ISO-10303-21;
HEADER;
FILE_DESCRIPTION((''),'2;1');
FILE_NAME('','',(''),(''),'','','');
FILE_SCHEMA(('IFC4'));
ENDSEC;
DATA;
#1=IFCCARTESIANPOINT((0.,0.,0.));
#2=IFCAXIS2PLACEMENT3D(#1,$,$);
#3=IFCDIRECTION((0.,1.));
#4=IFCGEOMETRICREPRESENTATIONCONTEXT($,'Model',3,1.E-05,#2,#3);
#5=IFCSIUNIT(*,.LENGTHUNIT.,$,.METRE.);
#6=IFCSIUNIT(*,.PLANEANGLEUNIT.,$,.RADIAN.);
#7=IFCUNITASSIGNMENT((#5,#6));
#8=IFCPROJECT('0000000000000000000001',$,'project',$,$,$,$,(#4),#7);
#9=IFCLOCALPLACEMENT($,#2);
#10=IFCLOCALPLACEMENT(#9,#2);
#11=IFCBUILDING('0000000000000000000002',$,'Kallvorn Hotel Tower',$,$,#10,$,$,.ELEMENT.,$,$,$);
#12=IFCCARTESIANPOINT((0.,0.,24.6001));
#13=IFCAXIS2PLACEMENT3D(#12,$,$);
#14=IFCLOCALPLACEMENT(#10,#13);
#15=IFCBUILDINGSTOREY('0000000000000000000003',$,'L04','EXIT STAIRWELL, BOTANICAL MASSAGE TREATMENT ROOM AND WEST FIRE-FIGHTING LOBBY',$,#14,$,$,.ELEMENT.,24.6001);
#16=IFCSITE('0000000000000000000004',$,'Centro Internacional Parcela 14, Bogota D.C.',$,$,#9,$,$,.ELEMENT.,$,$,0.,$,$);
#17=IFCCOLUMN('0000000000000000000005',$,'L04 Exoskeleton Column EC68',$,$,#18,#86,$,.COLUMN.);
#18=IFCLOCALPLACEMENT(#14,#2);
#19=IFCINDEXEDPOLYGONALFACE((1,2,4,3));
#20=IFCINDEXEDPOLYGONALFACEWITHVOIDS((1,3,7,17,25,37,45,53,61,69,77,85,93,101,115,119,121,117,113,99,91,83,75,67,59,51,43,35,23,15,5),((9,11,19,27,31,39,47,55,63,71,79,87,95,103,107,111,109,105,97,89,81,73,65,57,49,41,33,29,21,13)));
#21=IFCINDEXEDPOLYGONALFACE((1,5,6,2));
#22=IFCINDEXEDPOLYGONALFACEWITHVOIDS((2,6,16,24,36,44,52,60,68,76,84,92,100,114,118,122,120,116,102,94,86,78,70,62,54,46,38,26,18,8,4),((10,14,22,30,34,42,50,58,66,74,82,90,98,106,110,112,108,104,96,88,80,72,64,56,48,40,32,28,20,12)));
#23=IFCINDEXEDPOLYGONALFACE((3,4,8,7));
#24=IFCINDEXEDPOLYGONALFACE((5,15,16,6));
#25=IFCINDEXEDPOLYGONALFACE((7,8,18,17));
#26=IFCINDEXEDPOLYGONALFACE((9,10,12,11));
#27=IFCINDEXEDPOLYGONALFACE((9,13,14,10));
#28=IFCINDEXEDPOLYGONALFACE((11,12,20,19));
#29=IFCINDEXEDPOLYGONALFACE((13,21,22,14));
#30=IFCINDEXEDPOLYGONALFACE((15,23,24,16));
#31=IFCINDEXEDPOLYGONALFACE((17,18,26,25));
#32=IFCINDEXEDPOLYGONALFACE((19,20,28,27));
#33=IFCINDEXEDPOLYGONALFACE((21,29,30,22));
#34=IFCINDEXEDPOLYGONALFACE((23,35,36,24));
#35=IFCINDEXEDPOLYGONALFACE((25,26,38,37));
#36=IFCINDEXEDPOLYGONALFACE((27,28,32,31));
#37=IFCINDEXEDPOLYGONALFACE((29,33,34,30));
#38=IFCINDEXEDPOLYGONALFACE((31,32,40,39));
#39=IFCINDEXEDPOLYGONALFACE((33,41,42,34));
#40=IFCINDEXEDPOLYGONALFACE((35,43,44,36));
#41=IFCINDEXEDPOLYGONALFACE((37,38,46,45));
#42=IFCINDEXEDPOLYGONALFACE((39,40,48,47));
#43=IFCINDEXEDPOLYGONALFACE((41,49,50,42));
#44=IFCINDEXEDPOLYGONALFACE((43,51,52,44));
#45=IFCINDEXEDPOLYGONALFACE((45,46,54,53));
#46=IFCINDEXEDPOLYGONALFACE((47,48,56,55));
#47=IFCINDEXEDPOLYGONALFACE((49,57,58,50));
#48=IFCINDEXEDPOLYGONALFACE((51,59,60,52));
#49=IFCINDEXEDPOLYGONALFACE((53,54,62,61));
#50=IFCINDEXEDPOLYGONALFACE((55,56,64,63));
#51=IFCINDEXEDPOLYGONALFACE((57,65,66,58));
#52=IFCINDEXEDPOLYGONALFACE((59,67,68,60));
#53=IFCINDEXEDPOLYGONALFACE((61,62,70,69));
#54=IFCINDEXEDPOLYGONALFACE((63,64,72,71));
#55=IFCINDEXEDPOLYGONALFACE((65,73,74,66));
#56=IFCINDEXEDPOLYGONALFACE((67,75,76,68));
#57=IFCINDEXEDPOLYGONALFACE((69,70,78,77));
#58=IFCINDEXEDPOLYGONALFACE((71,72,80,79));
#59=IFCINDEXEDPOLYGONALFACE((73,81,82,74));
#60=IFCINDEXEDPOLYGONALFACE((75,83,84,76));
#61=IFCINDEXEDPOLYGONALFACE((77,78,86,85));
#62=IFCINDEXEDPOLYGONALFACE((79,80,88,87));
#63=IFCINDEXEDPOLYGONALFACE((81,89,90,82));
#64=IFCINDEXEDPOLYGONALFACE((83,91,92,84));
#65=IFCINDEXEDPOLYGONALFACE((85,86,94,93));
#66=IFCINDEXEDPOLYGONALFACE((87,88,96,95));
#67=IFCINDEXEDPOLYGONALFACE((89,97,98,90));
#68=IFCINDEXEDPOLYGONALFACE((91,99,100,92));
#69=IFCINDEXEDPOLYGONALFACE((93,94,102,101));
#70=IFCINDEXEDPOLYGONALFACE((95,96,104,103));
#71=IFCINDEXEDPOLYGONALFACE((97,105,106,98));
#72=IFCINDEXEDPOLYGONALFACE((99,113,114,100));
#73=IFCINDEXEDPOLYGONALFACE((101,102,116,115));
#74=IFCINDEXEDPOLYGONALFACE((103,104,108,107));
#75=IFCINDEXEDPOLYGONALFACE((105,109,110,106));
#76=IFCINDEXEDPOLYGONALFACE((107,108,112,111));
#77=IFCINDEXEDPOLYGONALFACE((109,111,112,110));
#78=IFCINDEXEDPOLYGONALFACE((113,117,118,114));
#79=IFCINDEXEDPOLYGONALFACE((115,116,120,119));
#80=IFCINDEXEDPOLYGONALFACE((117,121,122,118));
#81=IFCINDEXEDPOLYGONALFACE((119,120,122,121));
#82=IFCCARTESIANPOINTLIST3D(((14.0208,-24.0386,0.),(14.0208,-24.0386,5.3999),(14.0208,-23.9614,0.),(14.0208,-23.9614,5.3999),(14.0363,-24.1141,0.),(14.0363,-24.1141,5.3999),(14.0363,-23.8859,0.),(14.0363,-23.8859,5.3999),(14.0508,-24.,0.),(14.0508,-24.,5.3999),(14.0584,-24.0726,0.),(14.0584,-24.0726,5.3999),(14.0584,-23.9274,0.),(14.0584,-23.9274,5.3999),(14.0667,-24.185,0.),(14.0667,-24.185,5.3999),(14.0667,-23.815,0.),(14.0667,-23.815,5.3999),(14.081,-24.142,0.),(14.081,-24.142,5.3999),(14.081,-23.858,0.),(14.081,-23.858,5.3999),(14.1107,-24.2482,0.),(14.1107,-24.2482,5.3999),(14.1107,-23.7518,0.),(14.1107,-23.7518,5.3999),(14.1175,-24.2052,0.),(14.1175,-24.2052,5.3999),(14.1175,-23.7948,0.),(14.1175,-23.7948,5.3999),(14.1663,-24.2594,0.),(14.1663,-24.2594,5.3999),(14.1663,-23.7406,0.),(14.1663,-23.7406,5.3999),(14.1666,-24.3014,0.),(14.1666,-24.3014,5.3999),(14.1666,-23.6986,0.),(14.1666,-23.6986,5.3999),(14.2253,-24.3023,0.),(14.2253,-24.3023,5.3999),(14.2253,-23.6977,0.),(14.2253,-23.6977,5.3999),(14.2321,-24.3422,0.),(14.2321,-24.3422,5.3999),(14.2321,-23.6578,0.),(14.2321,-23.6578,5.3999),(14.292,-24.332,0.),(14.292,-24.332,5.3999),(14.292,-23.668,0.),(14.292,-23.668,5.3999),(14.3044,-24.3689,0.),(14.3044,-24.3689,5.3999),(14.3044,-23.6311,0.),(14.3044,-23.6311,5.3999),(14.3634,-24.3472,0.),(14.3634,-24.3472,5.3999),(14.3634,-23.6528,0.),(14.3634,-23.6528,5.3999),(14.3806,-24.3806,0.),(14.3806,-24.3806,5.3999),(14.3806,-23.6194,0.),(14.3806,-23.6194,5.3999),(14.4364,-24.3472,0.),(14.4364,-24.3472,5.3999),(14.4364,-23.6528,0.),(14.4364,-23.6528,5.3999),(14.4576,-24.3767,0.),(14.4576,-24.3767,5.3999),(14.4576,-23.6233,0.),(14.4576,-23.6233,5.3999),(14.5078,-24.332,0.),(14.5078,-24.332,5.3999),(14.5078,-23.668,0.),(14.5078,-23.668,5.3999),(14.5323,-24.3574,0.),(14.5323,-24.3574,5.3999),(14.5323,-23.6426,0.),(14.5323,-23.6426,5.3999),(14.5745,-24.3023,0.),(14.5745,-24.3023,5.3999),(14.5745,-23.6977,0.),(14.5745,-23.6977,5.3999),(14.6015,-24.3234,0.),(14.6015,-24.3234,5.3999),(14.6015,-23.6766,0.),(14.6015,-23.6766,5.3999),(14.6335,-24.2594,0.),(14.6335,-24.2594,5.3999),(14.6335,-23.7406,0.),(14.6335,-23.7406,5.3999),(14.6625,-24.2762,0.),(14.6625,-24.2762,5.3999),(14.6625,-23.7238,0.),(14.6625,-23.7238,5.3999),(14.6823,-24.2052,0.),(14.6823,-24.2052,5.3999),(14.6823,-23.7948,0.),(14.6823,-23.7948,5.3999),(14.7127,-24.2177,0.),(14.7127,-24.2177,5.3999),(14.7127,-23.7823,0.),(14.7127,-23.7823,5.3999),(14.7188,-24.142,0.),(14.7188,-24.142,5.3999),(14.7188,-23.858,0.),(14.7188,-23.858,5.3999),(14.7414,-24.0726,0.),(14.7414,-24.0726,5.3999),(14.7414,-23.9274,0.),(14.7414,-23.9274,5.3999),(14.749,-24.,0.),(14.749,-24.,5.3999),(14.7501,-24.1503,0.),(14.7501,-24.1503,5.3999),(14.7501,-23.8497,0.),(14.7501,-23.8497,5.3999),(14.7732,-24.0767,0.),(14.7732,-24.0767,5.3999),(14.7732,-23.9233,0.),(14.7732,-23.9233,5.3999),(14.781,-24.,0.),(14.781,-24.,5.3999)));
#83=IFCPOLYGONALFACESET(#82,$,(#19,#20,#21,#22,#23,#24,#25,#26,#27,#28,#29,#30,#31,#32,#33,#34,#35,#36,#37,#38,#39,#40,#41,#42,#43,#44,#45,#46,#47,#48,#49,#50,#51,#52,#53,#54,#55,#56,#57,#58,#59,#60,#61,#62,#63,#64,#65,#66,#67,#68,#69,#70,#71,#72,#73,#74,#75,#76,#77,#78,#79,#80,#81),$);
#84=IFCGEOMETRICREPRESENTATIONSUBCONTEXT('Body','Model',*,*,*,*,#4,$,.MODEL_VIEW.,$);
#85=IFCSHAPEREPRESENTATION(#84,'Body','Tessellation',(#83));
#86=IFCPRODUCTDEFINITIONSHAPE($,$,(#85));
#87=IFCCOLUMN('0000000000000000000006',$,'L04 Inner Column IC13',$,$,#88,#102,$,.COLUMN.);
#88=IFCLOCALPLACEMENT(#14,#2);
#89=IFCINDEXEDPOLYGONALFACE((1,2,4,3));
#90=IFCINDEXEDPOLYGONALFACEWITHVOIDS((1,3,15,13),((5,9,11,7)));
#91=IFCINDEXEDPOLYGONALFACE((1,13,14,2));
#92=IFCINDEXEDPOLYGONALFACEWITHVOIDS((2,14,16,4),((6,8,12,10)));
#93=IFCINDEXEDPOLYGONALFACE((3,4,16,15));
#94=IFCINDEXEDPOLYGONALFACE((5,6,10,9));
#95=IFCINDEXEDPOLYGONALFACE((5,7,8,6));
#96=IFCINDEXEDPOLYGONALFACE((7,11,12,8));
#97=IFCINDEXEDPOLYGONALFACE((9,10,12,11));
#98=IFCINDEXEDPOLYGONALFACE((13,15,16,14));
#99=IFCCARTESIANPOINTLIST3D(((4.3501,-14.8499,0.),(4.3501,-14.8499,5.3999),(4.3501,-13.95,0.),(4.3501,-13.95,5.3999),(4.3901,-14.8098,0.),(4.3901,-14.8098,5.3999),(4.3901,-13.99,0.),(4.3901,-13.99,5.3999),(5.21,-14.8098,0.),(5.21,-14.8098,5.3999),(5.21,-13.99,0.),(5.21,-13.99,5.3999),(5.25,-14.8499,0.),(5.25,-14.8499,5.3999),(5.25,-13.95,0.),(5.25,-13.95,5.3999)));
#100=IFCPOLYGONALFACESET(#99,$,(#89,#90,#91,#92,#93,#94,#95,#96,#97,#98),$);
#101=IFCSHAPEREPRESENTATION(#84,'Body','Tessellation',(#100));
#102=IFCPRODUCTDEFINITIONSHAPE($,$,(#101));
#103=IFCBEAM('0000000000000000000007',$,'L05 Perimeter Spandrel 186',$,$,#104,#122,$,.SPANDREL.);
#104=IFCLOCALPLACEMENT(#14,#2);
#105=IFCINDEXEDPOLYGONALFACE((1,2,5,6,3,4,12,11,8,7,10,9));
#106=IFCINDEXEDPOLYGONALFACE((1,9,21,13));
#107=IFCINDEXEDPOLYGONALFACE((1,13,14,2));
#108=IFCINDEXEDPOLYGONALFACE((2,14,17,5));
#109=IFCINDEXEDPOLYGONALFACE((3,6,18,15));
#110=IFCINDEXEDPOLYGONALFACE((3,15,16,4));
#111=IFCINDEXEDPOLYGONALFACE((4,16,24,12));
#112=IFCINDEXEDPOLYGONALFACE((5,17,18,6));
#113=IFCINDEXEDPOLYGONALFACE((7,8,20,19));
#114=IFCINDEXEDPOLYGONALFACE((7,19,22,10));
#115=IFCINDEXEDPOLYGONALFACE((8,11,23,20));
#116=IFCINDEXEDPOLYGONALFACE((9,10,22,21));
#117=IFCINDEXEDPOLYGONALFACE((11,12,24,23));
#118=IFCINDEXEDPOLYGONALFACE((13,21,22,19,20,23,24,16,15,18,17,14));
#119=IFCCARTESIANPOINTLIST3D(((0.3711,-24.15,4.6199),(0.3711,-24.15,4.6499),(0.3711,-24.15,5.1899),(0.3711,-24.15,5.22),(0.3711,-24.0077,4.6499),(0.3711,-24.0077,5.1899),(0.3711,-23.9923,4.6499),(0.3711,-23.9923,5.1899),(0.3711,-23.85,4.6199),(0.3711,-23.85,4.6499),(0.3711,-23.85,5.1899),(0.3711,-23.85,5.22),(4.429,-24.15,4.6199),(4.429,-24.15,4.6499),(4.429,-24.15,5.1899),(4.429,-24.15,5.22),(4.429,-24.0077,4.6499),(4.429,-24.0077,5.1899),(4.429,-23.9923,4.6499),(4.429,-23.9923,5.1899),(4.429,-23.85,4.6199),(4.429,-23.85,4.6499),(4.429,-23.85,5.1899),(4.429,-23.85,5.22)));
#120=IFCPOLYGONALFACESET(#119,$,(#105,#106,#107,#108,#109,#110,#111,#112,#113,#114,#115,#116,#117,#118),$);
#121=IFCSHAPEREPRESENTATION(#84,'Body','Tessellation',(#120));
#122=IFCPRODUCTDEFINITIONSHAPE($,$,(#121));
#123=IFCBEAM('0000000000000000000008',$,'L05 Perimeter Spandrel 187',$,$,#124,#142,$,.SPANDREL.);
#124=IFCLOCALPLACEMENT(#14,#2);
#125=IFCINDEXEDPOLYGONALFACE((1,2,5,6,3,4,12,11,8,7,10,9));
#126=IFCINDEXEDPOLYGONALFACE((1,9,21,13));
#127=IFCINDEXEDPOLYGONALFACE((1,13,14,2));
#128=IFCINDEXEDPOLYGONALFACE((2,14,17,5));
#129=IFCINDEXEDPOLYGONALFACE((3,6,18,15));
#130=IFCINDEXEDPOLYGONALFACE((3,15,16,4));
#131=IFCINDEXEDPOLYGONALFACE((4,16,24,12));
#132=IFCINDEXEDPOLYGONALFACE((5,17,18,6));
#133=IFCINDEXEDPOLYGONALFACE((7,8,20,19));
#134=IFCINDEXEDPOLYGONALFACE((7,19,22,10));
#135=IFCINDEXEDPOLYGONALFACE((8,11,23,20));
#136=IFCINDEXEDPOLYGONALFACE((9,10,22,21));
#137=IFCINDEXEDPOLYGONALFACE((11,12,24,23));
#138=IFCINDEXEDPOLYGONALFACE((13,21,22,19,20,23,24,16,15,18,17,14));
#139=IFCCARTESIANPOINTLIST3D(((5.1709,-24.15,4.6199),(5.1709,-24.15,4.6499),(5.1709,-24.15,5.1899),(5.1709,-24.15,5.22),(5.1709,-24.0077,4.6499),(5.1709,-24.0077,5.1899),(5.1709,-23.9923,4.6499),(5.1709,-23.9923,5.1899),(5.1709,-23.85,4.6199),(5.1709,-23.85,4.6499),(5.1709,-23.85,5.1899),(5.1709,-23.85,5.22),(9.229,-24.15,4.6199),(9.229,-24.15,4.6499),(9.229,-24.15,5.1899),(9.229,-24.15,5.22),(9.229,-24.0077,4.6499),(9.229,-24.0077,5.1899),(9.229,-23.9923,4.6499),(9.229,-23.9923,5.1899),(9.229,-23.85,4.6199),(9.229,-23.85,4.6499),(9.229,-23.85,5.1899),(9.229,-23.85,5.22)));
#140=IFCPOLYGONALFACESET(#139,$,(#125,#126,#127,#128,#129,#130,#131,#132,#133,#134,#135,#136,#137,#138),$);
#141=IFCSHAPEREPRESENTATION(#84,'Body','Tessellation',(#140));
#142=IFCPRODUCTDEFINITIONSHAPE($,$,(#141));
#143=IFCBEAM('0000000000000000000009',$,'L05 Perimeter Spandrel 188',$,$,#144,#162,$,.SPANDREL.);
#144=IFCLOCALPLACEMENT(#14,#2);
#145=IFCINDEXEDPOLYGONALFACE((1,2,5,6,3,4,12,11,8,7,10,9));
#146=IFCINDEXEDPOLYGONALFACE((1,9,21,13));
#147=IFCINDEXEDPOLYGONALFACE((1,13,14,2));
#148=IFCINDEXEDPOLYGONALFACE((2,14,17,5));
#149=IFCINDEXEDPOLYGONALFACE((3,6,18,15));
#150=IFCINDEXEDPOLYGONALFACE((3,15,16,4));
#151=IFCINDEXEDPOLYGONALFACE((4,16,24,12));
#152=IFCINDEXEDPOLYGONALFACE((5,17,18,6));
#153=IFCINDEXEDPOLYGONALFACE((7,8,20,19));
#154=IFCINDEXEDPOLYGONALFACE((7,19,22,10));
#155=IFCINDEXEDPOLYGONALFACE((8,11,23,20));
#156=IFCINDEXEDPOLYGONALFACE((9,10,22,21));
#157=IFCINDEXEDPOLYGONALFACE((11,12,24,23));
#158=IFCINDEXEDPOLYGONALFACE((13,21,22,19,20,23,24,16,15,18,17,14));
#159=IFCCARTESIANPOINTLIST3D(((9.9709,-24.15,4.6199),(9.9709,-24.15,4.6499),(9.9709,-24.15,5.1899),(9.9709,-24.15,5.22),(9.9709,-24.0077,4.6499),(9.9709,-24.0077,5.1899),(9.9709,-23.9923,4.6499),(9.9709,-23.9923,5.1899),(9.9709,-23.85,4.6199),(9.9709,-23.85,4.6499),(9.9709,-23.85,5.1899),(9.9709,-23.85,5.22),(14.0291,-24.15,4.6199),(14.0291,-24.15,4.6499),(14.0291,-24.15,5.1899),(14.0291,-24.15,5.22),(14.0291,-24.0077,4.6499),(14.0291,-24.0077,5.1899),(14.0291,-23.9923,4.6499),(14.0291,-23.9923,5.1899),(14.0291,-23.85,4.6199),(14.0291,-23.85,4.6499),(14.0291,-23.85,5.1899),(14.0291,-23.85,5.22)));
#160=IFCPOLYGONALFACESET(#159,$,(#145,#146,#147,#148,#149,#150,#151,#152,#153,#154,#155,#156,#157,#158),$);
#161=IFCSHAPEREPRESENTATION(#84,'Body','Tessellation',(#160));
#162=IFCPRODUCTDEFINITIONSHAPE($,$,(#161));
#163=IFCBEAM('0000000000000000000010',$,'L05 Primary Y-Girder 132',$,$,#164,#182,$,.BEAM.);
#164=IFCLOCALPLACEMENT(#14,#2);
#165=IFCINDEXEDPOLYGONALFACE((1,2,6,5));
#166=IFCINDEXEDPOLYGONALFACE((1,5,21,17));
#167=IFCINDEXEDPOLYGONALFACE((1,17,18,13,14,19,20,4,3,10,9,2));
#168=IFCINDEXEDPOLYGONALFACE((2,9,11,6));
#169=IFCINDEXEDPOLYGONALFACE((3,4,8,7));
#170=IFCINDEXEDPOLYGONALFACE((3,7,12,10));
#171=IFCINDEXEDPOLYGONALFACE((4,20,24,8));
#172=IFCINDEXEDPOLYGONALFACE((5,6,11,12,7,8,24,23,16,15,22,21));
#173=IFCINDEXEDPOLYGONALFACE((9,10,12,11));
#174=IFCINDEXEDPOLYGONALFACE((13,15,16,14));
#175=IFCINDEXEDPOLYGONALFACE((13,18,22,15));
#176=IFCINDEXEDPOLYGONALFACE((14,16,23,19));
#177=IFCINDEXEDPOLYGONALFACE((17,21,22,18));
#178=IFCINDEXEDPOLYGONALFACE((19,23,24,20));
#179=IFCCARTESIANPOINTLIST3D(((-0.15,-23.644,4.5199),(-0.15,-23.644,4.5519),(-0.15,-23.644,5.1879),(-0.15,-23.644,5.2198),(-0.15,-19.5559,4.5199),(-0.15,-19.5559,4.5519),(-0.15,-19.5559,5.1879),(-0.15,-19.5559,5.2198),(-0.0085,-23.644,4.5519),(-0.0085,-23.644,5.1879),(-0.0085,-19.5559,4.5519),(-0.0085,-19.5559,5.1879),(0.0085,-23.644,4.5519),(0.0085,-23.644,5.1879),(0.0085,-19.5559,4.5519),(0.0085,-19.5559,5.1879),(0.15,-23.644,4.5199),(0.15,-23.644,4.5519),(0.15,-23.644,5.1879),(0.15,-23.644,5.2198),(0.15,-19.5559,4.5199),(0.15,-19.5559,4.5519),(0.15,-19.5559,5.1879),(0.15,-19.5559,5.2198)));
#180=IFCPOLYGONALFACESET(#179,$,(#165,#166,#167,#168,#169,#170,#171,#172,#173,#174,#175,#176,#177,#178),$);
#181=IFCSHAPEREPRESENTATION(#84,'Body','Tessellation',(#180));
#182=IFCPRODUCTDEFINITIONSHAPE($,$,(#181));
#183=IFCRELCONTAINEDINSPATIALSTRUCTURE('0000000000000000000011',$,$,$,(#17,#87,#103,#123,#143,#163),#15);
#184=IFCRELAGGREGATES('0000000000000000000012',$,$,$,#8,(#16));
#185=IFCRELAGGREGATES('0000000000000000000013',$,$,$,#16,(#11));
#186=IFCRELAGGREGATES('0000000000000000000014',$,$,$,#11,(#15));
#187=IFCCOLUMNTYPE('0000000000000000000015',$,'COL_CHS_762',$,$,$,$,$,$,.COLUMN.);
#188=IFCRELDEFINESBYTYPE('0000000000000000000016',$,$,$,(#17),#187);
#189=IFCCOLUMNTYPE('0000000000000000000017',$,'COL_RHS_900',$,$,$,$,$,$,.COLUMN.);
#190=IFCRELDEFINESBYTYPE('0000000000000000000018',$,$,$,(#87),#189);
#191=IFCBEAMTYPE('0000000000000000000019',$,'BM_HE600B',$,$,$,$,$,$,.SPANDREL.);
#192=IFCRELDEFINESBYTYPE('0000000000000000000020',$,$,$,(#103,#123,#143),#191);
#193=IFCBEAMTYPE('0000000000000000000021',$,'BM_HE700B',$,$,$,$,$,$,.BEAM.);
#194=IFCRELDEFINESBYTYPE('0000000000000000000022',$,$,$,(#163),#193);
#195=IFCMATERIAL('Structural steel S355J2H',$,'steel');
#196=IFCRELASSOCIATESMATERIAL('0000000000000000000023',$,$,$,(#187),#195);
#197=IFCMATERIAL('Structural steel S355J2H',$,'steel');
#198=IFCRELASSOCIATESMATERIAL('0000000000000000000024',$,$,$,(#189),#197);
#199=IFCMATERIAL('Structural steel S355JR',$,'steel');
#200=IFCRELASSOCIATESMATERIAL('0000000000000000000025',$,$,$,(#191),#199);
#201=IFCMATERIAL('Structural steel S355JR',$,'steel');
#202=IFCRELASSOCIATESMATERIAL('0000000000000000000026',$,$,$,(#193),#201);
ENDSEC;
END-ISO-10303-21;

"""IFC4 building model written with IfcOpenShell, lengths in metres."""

from ifc_helpers import new_model, si_unit, direction, frame, origin, origin_2d, place, context, subcontext, project, spatial, hollow_rectangle, hollow_circle, i_section, extrude, material, material_profile, profile_set, type_object, element, save


model = new_model("IFC4")

# Units and contexts
model_context = context("Model", 3, precision=1e-05, world=origin(), true_north=direction((0.0, 1.0)))
body_context = subcontext(model_context, "Body", "Model", "MODEL_VIEW")
ifc_project = project(units=[si_unit("LENGTHUNIT", "METRE"), si_unit("PLANEANGLEUNIT", "RADIAN")], contexts=[model_context])

# Site, building, storey
site_placement = place(None, origin())
site = spatial("IfcSite", under=ifc_project, at=site_placement, Name="Centro Internacional Parcela 14, Bogota D.C.", CompositionType="ELEMENT", RefElevation=0.0)
building_placement = place(site_placement, origin())
building = spatial("IfcBuilding", under=site, at=building_placement, Name="Kallvorn Hotel Tower", CompositionType="ELEMENT")
storey_placement = place(building_placement, frame((0.0, 0.0, 24.6001)))
storey = spatial("IfcBuildingStorey", under=building, at=storey_placement, Name="L04", Description="EXIT STAIRWELL, BOTANICAL MASSAGE TREATMENT ROOM AND WEST FIRE-FIGHTING LOBBY", CompositionType="ELEMENT", Elevation=24.6001)

# Columns
ifc_material_1 = material(Name="Structural steel S355J2H", Category="steel")
ifc_material_profile_1 = material_profile(ifc_material_1, hollow_circle(Radius=0.3811, WallThickness=0.032, at=origin_2d()), Name="CHS 762x32")
ifc_profile_set_1 = profile_set([ifc_material_profile_1], Name="Structural steel S355J2H")
column_type_1 = type_object("IfcColumnType", Name="COL_CHS_762", PredefinedType="COLUMN", material=ifc_profile_set_1)
for number, where, z_axis, x_axis, name in (
    (1, (14.3999, -24.0, 0.0), (0.0, 0.0, 1.0), (1.0, 0.0, 0.0), "L04 Exoskeleton Column EC68"),
):
    element("IfcColumn", number, at=place(storey_placement, frame(where, z_axis=z_axis, x_axis=x_axis)), inside=storey, type_object=column_type_1, Name=name, PredefinedType="COLUMN", context=body_context, shape_type="SweptSolid", body=[
        extrude(hollow_circle(Radius=0.3811, WallThickness=0.032, at=origin_2d()), origin(), (0.0, 0.0, 1.0), 5.3999),
    ])
ifc_material_2 = material(Name="Structural steel S355J2H", Category="steel")
ifc_material_profile_2 = material_profile(ifc_material_2, hollow_rectangle(XDim=0.8999, YDim=0.8999, WallThickness=0.04, at=origin_2d()), Name="RHS 900x900x40")
ifc_profile_set_2 = profile_set([ifc_material_profile_2], Name="Structural steel S355J2H")
column_type_2 = type_object("IfcColumnType", Name="COL_RHS_900", PredefinedType="COLUMN", material=ifc_profile_set_2)
column_placement = place(storey_placement, frame((4.8, -14.3999, 0.0), z_axis=(0.0, 0.0, 1.0), x_axis=(1.0, 0.0, 0.0)))
element("IfcColumn", 2, at=column_placement, inside=storey, type_object=column_type_2, Name="L04 Inner Column IC13", PredefinedType="COLUMN", context=body_context, shape_type="SweptSolid", body=[
    extrude(hollow_rectangle(XDim=0.8999, YDim=0.8999, WallThickness=0.04, at=origin_2d()), origin(), (0.0, 0.0, 1.0), 5.3999),
])

# Beams
ifc_material_3 = material(Name="Structural steel S355JR", Category="steel")
ifc_material_profile_3 = material_profile(ifc_material_3, i_section(OverallWidth=0.3, OverallDepth=0.6001, WebThickness=0.0154, FlangeThickness=0.03, at=origin_2d()), Name="HE 600 B")
ifc_profile_set_3 = profile_set([ifc_material_profile_3], Name="Structural steel S355JR")
beam_type_1 = type_object("IfcBeamType", Name="BM_HE600B", PredefinedType="SPANDREL", material=ifc_profile_set_3)
beam_1_placement = place(storey_placement, frame((0.3711, -24.0, 4.9199), z_axis=(1.0, 0.0, 0.0), x_axis=(0.0, 1.0, 0.0)))
element("IfcBeam", 3, at=beam_1_placement, inside=storey, type_object=beam_type_1, Name="L05 Perimeter Spandrel 186", PredefinedType="SPANDREL", context=body_context, shape_type="SweptSolid", body=[
    extrude(i_section(OverallWidth=0.3, OverallDepth=0.6001, WebThickness=0.0154, FlangeThickness=0.03, at=origin_2d()), origin(), (0.0, 0.0, 1.0), 4.0579),
])
for number, where, z_axis, x_axis, name in (
    (4, (5.1709, -24.0, 4.9199), (1.0, 0.0, 0.0), (0.0, 1.0, 0.0), "L05 Perimeter Spandrel 187"),
    (5, (9.9709, -24.0, 4.9199), (1.0, 0.0, 0.0), (0.0, 1.0, 0.0), "L05 Perimeter Spandrel 188"),
):
    element("IfcBeam", number, at=place(storey_placement, frame(where, z_axis=z_axis, x_axis=x_axis)), inside=storey, type_object=beam_type_1, Name=name, PredefinedType="SPANDREL", context=body_context, shape_type="SweptSolid", body=[
        extrude(i_section(OverallWidth=0.3, OverallDepth=0.6001, WebThickness=0.0154, FlangeThickness=0.03, at=origin_2d()), origin(), (0.0, 0.0, 1.0), 4.0581),
    ])
ifc_material_4 = material(Name="Structural steel S355JR", Category="steel")
ifc_material_profile_4 = material_profile(ifc_material_4, i_section(OverallWidth=0.3, OverallDepth=0.7, WebThickness=0.0171, FlangeThickness=0.032, at=origin_2d()), Name="HE 700 B")
ifc_profile_set_4 = profile_set([ifc_material_profile_4], Name="Structural steel S355JR")
beam_type_2 = type_object("IfcBeamType", Name="BM_HE700B", PredefinedType="BEAM", material=ifc_profile_set_4)
for number, where, z_axis, x_axis, name in (
    (6, (0.0, -23.644, 4.8699), (0.0, 1.0, 0.0), (-1.0, 0.0, 0.0), "L05 Primary Y-Girder 132"),
):
    element("IfcBeam", number, at=place(storey_placement, frame(where, z_axis=z_axis, x_axis=x_axis)), inside=storey, type_object=beam_type_2, Name=name, PredefinedType="BEAM", context=body_context, shape_type="SweptSolid", body=[
        extrude(i_section(OverallWidth=0.3, OverallDepth=0.7, WebThickness=0.0171, FlangeThickness=0.032, at=origin_2d()), origin(), (0.0, 0.0, 1.0), 4.0881),
    ])

save(model, "model.ifc")
